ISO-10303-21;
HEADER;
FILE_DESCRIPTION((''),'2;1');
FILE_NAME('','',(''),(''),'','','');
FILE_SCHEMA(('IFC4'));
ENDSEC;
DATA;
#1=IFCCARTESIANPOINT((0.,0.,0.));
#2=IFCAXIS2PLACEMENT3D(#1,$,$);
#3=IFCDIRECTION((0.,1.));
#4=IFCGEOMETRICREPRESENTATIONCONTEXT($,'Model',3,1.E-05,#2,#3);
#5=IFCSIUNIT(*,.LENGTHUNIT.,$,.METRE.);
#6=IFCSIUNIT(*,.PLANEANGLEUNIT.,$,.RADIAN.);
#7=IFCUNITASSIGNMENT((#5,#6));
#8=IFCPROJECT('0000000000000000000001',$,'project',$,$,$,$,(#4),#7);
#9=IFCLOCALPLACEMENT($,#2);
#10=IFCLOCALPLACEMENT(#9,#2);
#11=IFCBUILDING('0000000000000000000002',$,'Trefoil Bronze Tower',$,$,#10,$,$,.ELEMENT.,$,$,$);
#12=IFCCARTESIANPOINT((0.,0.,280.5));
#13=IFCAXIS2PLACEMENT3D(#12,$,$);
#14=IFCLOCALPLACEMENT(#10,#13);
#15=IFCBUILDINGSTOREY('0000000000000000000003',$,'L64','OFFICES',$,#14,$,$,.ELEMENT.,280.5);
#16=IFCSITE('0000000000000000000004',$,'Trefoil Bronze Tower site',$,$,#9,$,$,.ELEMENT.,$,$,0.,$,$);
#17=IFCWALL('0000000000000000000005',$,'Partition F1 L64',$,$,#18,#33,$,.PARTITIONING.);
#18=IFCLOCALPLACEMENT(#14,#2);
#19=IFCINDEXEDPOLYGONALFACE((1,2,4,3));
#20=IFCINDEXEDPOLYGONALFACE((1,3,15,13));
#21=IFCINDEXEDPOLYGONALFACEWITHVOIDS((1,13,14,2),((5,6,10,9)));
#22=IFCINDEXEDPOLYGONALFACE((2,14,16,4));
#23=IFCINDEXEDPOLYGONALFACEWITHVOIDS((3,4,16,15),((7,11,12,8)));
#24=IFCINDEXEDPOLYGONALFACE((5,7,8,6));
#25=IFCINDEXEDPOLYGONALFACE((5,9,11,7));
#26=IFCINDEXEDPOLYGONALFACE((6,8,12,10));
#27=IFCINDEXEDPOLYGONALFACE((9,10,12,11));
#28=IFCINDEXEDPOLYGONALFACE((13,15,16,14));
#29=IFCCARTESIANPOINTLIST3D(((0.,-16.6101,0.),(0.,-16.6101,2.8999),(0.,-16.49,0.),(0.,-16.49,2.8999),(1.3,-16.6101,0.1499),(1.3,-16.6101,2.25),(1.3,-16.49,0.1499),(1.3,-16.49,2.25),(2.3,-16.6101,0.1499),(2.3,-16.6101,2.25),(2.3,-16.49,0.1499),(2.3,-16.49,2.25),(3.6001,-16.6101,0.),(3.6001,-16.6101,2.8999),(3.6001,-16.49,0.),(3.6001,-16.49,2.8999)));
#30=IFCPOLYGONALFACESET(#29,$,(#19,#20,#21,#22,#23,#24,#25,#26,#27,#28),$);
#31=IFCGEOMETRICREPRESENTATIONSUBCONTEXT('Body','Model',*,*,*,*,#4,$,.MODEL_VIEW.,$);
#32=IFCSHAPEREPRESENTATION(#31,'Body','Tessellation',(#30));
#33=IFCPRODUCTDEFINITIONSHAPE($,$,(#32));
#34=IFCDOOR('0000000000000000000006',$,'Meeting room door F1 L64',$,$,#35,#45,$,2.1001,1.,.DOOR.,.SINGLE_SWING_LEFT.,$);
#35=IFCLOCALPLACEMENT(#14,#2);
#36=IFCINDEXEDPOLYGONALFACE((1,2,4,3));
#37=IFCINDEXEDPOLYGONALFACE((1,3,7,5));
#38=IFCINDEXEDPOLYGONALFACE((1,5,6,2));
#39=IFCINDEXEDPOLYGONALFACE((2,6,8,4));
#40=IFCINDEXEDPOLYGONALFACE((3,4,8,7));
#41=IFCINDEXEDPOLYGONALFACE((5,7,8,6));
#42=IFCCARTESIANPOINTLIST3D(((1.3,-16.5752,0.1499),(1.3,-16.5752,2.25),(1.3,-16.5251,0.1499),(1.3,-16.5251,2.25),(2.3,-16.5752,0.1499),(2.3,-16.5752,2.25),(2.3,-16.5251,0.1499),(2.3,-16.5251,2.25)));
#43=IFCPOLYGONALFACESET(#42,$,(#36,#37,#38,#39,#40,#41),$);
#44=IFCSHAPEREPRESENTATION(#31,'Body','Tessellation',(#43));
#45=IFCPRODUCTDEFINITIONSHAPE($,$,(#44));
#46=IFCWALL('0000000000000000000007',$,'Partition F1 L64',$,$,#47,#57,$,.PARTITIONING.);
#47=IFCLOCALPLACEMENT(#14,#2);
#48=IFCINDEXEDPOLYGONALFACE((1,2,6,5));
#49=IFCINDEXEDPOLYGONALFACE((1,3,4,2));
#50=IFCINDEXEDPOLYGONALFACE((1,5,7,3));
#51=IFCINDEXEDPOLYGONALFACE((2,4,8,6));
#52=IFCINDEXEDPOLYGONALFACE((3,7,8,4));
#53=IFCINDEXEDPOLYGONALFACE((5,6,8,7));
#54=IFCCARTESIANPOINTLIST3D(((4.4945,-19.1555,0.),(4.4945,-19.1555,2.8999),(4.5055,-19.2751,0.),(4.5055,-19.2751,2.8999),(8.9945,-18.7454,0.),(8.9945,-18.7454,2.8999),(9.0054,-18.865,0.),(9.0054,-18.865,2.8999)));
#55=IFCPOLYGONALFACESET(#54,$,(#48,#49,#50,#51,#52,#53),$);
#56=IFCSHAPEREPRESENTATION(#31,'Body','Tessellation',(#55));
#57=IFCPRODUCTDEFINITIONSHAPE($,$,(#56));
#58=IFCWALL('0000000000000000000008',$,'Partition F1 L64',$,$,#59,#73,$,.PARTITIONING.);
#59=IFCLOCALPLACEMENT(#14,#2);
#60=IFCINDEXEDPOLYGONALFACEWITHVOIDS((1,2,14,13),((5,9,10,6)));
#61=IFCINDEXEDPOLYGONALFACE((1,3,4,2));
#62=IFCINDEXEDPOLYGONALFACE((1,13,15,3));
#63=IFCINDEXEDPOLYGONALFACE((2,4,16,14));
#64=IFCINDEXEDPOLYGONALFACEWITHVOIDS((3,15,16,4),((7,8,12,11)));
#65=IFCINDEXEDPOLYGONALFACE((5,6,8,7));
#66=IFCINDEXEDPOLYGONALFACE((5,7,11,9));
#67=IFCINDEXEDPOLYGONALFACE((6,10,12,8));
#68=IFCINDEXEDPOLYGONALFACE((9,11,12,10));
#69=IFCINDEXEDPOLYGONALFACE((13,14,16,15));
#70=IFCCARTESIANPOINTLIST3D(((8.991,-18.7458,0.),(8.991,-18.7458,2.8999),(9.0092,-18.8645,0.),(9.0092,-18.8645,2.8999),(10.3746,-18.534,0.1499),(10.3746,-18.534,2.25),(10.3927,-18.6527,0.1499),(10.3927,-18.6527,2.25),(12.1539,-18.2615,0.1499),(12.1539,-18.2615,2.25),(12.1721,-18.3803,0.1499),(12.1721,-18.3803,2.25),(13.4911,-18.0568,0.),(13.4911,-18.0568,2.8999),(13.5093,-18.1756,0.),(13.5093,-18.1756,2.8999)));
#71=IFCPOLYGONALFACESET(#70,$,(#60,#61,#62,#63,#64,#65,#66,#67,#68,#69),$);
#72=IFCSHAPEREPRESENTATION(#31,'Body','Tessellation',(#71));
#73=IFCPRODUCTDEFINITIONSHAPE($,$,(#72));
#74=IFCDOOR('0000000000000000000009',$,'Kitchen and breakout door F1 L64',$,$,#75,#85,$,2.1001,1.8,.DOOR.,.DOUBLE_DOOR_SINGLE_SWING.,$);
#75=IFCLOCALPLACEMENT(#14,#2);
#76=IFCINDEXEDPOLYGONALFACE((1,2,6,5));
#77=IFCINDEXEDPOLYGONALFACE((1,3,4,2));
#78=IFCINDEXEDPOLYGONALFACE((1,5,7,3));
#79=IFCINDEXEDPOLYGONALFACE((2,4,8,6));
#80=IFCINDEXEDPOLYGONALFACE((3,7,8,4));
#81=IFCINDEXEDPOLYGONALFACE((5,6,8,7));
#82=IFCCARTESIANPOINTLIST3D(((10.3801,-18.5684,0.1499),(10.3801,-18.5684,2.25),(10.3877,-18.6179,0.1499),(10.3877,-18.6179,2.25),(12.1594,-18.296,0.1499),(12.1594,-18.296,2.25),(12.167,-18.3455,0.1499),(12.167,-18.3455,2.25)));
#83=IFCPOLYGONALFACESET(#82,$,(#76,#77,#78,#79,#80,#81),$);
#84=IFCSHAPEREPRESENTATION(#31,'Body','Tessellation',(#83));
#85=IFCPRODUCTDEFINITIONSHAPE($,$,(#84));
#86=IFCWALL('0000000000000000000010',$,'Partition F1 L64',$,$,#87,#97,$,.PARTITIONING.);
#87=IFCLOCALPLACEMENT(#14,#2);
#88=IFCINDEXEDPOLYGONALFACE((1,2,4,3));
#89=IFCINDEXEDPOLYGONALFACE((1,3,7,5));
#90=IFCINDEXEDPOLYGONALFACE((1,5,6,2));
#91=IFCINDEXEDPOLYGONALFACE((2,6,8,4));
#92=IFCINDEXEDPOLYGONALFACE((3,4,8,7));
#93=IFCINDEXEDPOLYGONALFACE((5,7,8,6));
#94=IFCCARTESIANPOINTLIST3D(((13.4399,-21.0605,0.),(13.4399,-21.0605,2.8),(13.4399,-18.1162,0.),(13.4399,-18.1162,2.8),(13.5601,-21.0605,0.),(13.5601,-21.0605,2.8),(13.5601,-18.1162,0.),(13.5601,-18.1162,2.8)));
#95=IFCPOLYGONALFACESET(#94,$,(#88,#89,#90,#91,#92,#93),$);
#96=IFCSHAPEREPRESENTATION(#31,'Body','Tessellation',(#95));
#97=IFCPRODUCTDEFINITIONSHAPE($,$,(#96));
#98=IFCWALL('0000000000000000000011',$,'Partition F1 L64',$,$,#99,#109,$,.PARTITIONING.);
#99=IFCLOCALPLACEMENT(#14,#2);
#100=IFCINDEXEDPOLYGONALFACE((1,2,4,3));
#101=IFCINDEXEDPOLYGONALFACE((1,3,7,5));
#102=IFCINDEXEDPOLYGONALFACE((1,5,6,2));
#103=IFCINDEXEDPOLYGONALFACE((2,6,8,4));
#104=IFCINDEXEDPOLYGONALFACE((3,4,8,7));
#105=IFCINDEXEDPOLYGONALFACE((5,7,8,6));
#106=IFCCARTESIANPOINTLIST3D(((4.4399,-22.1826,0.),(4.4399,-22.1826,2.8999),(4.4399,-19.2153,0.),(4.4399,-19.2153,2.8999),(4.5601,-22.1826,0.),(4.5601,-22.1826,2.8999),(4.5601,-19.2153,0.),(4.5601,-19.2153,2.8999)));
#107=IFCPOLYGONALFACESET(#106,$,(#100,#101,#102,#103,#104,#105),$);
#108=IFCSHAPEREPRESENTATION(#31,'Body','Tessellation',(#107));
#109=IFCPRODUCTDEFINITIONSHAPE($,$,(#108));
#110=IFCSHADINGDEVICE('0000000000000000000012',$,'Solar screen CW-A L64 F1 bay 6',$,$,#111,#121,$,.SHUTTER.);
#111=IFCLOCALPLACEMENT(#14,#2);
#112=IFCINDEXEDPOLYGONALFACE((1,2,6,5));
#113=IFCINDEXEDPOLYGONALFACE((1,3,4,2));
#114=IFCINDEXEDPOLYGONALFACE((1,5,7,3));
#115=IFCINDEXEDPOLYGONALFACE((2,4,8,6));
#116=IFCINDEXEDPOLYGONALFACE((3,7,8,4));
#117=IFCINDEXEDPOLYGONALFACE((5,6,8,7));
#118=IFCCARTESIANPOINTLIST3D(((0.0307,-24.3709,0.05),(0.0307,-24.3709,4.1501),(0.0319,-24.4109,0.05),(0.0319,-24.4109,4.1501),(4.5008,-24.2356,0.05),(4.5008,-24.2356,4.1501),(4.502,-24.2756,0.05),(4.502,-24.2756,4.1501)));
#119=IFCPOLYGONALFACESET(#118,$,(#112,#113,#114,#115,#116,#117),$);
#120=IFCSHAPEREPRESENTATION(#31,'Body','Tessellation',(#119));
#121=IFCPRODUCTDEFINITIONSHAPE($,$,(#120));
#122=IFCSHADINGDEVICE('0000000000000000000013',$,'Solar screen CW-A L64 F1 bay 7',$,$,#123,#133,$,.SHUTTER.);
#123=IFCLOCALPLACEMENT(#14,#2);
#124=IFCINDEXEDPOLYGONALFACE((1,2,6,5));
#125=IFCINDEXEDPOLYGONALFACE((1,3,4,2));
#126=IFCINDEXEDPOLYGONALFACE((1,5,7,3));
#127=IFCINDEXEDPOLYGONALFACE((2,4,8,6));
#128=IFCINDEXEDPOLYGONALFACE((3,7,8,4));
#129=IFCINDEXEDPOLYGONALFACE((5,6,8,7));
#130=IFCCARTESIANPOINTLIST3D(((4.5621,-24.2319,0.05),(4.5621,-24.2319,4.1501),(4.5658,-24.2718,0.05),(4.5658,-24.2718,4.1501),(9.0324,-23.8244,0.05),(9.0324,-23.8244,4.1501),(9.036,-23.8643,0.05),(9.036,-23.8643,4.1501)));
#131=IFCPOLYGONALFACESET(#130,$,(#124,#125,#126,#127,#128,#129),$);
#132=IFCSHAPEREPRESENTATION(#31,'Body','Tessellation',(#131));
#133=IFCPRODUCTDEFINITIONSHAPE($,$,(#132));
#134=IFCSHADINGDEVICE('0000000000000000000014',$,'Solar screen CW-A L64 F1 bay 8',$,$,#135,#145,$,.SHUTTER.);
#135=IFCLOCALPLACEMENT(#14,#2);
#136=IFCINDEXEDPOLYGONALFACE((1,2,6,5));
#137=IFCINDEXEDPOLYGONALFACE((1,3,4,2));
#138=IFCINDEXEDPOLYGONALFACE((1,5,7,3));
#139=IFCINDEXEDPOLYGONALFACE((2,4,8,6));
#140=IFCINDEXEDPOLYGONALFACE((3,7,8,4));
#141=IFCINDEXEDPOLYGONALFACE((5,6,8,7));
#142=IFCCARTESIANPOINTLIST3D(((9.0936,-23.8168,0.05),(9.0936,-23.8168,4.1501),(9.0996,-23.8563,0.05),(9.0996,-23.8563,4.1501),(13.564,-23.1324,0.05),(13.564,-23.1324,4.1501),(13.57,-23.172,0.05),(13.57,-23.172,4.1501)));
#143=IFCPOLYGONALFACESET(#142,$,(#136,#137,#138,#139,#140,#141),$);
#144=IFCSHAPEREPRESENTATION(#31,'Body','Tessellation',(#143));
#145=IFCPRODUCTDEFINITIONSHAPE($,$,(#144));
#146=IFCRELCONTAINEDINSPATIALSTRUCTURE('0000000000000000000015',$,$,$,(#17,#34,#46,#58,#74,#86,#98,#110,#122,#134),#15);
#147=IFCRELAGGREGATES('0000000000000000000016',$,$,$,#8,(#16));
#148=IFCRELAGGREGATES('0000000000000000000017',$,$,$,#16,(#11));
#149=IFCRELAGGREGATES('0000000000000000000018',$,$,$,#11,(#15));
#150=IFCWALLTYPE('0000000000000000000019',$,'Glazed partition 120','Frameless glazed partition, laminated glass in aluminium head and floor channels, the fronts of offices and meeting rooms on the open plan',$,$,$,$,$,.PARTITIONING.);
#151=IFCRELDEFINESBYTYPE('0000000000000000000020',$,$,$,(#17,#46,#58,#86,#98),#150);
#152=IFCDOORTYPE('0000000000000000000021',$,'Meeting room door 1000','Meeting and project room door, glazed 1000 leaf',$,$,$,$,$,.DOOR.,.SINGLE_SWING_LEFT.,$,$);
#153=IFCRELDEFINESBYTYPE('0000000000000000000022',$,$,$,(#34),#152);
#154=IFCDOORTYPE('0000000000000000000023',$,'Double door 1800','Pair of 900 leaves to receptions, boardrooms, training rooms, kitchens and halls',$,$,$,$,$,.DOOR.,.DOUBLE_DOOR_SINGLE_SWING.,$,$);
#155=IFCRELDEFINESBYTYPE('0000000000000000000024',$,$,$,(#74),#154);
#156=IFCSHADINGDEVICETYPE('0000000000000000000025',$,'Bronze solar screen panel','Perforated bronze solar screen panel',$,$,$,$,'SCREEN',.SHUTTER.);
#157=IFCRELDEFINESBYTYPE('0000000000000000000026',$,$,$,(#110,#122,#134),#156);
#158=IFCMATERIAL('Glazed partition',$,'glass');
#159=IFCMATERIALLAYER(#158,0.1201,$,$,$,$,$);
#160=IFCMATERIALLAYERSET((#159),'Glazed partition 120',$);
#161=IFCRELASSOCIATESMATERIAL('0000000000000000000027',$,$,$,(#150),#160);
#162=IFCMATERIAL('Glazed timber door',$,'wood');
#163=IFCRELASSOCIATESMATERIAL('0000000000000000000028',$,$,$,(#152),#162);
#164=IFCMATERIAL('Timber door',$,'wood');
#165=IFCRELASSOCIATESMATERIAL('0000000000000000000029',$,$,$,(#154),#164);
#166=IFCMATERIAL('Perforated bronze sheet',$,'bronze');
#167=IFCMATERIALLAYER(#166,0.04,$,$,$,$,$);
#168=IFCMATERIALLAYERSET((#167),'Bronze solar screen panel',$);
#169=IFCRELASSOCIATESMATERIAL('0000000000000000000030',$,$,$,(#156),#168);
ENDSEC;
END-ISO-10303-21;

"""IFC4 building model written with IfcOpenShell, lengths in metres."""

from ifc_helpers import new_model, si_unit, direction, frame, frame_2d, origin, origin_2d, place, context, subcontext, project, spatial, rectangle, extrude, material, layer, layer_set, type_object, element, fill, save


model = new_model("IFC4")

# Units and contexts
model_context = context("Model", 3, precision=1e-05, world=origin(), true_north=direction((0.0, 1.0)))
body_context = subcontext(model_context, "Body", "Model", "MODEL_VIEW")
ifc_project = project(units=[si_unit("LENGTHUNIT", "METRE"), si_unit("PLANEANGLEUNIT", "RADIAN")], contexts=[model_context])

# Site, building, storey
site_placement = place(None, origin())
site = spatial("IfcSite", under=ifc_project, at=site_placement, Name="Trefoil Bronze Tower site", CompositionType="ELEMENT", RefElevation=0.0)
building_placement = place(site_placement, origin())
building = spatial("IfcBuilding", under=site, at=building_placement, Name="Trefoil Bronze Tower", CompositionType="ELEMENT")
storey_placement = place(building_placement, frame((0.0, 0.0, 280.5)))
storey = spatial("IfcBuildingStorey", under=building, at=storey_placement, Name="L64", Description="OFFICES", CompositionType="ELEMENT", Elevation=280.5)

# Wall, opening, door
ifc_material_1 = material(Name="Glazed partition", Category="glass")
ifc_layer_1 = layer(ifc_material_1, 0.1201)
ifc_layer_set_1 = layer_set([ifc_layer_1], Name="Glazed partition 120")
wall_type = type_object("IfcWallType", Name="Glazed partition 120", Description="Frameless glazed partition, laminated glass in aluminium head and floor channels, the fronts of offices and meeting rooms on the open plan", PredefinedType="PARTITIONING", material=ifc_layer_set_1)
wall_1_placement = place(storey_placement, frame((0.0, -16.55, 0.0), z_axis=(0.0, 0.0, 1.0), x_axis=(1.0, 0.0, 0.0)))
wall_1 = element("IfcWall", 1, at=wall_1_placement, inside=storey, type_object=wall_type, Name="Partition F1 L64", PredefinedType="PARTITIONING", context=body_context, shape_type="SweptSolid", body=[
    extrude(rectangle(XDim=3.6001, YDim=0.1201, at=frame_2d((1.8, 0.0))), origin(), (0.0, 0.0, 1.0), 2.8999),
])
opening_1_placement = place(wall_1_placement, frame((1.3, 0.0, 0.1499)))
opening_1 = element("IfcOpeningElement", 2, at=opening_1_placement, cuts=wall_1, PredefinedType="OPENING", context=body_context, shape_type="SweptSolid", body=[
    extrude(rectangle(XDim=1.0, YDim=2.1001, at=frame_2d((0.5, 1.05))), frame((0.0, 0.0701, 0.0), z_axis=(0.0, -1.0, 0.0), x_axis=(1.0, 0.0, 0.0)), (0.0, 0.0, 1.0), 0.1401),
])
ifc_material_2 = material(Name="Glazed timber door", Category="wood")
door_type_1 = type_object("IfcDoorType", Name="Meeting room door 1000", Description="Meeting and project room door, glazed 1000 leaf", OperationType="SINGLE_SWING_LEFT", PredefinedType="DOOR", material=ifc_material_2)
door_1_placement = place(opening_1_placement, origin())
door_1 = element("IfcDoor", 3, at=door_1_placement, inside=storey, type_object=door_type_1, Name="Meeting room door F1 L64", OperationType="SINGLE_SWING_LEFT", OverallHeight=2.1001, OverallWidth=1.0, PredefinedType="DOOR", context=body_context, shape_type="SweptSolid", body=[
    extrude(rectangle(XDim=1.0, YDim=2.1001, at=frame_2d((0.5, 1.05))), frame((0.0, 0.0249, 0.0), z_axis=(0.0, -1.0, 0.0), x_axis=(1.0, 0.0, 0.0)), (0.0, 0.0, 1.0), 0.05),
])
fill(opening_1, door_1)

# Wall
wall_2_placement = place(storey_placement, frame((4.5, -19.2153, 0.0), z_axis=(0.0, 0.0, 1.0), x_axis=(0.995872, 0.09077, 0.0)))
element("IfcWall", 4, at=wall_2_placement, inside=storey, type_object=wall_type, Name="Partition F1 L64", PredefinedType="PARTITIONING", context=body_context, shape_type="SweptSolid", body=[
    extrude(rectangle(XDim=4.5186, YDim=0.1201, at=frame_2d((2.2593, 0.0))), origin(), (0.0, 0.0, 1.0), 2.8999),
])

# Wall, opening, door
wall_3_placement = place(storey_placement, frame((9.0, -18.8052, 0.0), z_axis=(0.0, 0.0, 1.0), x_axis=(0.988482, 0.15134, 0.0)))
wall_3 = element("IfcWall", 5, at=wall_3_placement, inside=storey, type_object=wall_type, Name="Partition F1 L64", PredefinedType="PARTITIONING", context=body_context, shape_type="SweptSolid", body=[
    extrude(rectangle(XDim=4.5525, YDim=0.1201, at=frame_2d((2.2764, 0.0))), origin(), (0.0, 0.0, 1.0), 2.8999),
])
opening_2_placement = place(wall_3_placement, frame((1.3999, 0.0, 0.1499)))
opening_2 = element("IfcOpeningElement", 6, at=opening_2_placement, cuts=wall_3, PredefinedType="OPENING", context=body_context, shape_type="SweptSolid", body=[
    extrude(rectangle(XDim=1.8, YDim=2.1001, at=frame_2d((0.8999, 1.05))), frame((0.0, 0.0701, 0.0), z_axis=(0.0, -1.0, 0.0), x_axis=(1.0, 0.0, 0.0)), (0.0, 0.0, 1.0), 0.1401),
])
ifc_material_3 = material(Name="Timber door", Category="wood")
door_type_2 = type_object("IfcDoorType", Name="Double door 1800", Description="Pair of 900 leaves to receptions, boardrooms, training rooms, kitchens and halls", OperationType="DOUBLE_DOOR_SINGLE_SWING", PredefinedType="DOOR", material=ifc_material_3)
door_2_placement = place(opening_2_placement, frame((1.8, 0.0, 0.0), z_axis=(0.0, 0.0, 1.0), x_axis=(-1.0, 0.0, 0.0)))
door_2 = element("IfcDoor", 7, at=door_2_placement, inside=storey, type_object=door_type_2, Name="Kitchen and breakout door F1 L64", OperationType="DOUBLE_DOOR_SINGLE_SWING", OverallHeight=2.1001, OverallWidth=1.8, PredefinedType="DOOR", context=body_context, shape_type="SweptSolid", body=[
    extrude(rectangle(XDim=1.8, YDim=2.1001, at=frame_2d((0.8999, 1.05))), frame((0.0, 0.0249, 0.0), z_axis=(0.0, -1.0, 0.0), x_axis=(1.0, 0.0, 0.0)), (0.0, 0.0, 1.0), 0.05),
])
fill(opening_2, door_2)

# Walls
wall_4_placement = place(storey_placement, frame((13.5, -18.1162, 0.0), z_axis=(0.0, 0.0, 1.0), x_axis=(0.0, -1.0, 0.0)))
element("IfcWall", 8, at=wall_4_placement, inside=storey, type_object=wall_type, Name="Partition F1 L64", PredefinedType="PARTITIONING", context=body_context, shape_type="SweptSolid", body=[
    extrude(rectangle(XDim=2.9443, YDim=0.1201, at=frame_2d((1.4722, 0.0))), origin(), (0.0, 0.0, 1.0), 2.8),
])
wall_5_placement = place(storey_placement, frame((4.5, -19.2153, 0.0), z_axis=(0.0, 0.0, 1.0), x_axis=(0.0, -1.0, 0.0)))
element("IfcWall", 9, at=wall_5_placement, inside=storey, type_object=wall_type, Name="Partition F1 L64", PredefinedType="PARTITIONING", context=body_context, shape_type="SweptSolid", body=[
    extrude(rectangle(XDim=2.9673, YDim=0.1201, at=frame_2d((1.4836, 0.0))), origin(), (0.0, 0.0, 1.0), 2.8999),
])

# Shading devices
ifc_material_4 = material(Name="Perforated bronze sheet", Category="bronze")
ifc_layer_2 = layer(ifc_material_4, 0.04)
ifc_layer_set_2 = layer_set([ifc_layer_2], Name="Bronze solar screen panel")
shading_device_type = type_object("IfcShadingDeviceType", Name="Bronze solar screen panel", Description="Perforated bronze solar screen panel", ElementType="SCREEN", PredefinedType="SHUTTER", material=ifc_layer_set_2)
shading_device_1_placement = place(storey_placement, frame((2.2664, -24.3232, 0.05), z_axis=(0.0, 0.0, 1.0), x_axis=(0.999542, 0.030263, 0.0)))
element("IfcShadingDevice", 10, at=shading_device_1_placement, inside=storey, type_object=shading_device_type, Name="Solar screen CW-A L64 F1 bay 6", PredefinedType="SHUTTER", context=body_context, shape_type="SweptSolid", body=[
    extrude(rectangle(XDim=4.4722, YDim=0.04, at=origin_2d()), origin(), (0.0, 0.0, 1.0), 4.1001),
])
shading_device_2_placement = place(storey_placement, frame((6.7991, -24.0481, 0.05), z_axis=(0.0, 0.0, 1.0), x_axis=(0.99587, 0.090789, 0.0)))
element("IfcShadingDevice", 11, at=shading_device_2_placement, inside=storey, type_object=shading_device_type, Name="Solar screen CW-A L64 F1 bay 7", PredefinedType="SHUTTER", context=body_context, shape_type="SweptSolid", body=[
    extrude(rectangle(XDim=4.4888, YDim=0.04, at=origin_2d()), origin(), (0.0, 0.0, 1.0), 4.1001),
])
shading_device_3_placement = place(storey_placement, frame((11.3318, -23.4944, 0.05), z_axis=(0.0, 0.0, 1.0), x_axis=(0.988485, 0.151317, 0.0)))
element("IfcShadingDevice", 12, at=shading_device_3_placement, inside=storey, type_object=shading_device_type, Name="Solar screen CW-A L64 F1 bay 8", PredefinedType="SHUTTER", context=body_context, shape_type="SweptSolid", body=[
    extrude(rectangle(XDim=4.5225, YDim=0.04, at=origin_2d()), origin(), (0.0, 0.0, 1.0), 4.1001),
])

save(model, "model.ifc")
